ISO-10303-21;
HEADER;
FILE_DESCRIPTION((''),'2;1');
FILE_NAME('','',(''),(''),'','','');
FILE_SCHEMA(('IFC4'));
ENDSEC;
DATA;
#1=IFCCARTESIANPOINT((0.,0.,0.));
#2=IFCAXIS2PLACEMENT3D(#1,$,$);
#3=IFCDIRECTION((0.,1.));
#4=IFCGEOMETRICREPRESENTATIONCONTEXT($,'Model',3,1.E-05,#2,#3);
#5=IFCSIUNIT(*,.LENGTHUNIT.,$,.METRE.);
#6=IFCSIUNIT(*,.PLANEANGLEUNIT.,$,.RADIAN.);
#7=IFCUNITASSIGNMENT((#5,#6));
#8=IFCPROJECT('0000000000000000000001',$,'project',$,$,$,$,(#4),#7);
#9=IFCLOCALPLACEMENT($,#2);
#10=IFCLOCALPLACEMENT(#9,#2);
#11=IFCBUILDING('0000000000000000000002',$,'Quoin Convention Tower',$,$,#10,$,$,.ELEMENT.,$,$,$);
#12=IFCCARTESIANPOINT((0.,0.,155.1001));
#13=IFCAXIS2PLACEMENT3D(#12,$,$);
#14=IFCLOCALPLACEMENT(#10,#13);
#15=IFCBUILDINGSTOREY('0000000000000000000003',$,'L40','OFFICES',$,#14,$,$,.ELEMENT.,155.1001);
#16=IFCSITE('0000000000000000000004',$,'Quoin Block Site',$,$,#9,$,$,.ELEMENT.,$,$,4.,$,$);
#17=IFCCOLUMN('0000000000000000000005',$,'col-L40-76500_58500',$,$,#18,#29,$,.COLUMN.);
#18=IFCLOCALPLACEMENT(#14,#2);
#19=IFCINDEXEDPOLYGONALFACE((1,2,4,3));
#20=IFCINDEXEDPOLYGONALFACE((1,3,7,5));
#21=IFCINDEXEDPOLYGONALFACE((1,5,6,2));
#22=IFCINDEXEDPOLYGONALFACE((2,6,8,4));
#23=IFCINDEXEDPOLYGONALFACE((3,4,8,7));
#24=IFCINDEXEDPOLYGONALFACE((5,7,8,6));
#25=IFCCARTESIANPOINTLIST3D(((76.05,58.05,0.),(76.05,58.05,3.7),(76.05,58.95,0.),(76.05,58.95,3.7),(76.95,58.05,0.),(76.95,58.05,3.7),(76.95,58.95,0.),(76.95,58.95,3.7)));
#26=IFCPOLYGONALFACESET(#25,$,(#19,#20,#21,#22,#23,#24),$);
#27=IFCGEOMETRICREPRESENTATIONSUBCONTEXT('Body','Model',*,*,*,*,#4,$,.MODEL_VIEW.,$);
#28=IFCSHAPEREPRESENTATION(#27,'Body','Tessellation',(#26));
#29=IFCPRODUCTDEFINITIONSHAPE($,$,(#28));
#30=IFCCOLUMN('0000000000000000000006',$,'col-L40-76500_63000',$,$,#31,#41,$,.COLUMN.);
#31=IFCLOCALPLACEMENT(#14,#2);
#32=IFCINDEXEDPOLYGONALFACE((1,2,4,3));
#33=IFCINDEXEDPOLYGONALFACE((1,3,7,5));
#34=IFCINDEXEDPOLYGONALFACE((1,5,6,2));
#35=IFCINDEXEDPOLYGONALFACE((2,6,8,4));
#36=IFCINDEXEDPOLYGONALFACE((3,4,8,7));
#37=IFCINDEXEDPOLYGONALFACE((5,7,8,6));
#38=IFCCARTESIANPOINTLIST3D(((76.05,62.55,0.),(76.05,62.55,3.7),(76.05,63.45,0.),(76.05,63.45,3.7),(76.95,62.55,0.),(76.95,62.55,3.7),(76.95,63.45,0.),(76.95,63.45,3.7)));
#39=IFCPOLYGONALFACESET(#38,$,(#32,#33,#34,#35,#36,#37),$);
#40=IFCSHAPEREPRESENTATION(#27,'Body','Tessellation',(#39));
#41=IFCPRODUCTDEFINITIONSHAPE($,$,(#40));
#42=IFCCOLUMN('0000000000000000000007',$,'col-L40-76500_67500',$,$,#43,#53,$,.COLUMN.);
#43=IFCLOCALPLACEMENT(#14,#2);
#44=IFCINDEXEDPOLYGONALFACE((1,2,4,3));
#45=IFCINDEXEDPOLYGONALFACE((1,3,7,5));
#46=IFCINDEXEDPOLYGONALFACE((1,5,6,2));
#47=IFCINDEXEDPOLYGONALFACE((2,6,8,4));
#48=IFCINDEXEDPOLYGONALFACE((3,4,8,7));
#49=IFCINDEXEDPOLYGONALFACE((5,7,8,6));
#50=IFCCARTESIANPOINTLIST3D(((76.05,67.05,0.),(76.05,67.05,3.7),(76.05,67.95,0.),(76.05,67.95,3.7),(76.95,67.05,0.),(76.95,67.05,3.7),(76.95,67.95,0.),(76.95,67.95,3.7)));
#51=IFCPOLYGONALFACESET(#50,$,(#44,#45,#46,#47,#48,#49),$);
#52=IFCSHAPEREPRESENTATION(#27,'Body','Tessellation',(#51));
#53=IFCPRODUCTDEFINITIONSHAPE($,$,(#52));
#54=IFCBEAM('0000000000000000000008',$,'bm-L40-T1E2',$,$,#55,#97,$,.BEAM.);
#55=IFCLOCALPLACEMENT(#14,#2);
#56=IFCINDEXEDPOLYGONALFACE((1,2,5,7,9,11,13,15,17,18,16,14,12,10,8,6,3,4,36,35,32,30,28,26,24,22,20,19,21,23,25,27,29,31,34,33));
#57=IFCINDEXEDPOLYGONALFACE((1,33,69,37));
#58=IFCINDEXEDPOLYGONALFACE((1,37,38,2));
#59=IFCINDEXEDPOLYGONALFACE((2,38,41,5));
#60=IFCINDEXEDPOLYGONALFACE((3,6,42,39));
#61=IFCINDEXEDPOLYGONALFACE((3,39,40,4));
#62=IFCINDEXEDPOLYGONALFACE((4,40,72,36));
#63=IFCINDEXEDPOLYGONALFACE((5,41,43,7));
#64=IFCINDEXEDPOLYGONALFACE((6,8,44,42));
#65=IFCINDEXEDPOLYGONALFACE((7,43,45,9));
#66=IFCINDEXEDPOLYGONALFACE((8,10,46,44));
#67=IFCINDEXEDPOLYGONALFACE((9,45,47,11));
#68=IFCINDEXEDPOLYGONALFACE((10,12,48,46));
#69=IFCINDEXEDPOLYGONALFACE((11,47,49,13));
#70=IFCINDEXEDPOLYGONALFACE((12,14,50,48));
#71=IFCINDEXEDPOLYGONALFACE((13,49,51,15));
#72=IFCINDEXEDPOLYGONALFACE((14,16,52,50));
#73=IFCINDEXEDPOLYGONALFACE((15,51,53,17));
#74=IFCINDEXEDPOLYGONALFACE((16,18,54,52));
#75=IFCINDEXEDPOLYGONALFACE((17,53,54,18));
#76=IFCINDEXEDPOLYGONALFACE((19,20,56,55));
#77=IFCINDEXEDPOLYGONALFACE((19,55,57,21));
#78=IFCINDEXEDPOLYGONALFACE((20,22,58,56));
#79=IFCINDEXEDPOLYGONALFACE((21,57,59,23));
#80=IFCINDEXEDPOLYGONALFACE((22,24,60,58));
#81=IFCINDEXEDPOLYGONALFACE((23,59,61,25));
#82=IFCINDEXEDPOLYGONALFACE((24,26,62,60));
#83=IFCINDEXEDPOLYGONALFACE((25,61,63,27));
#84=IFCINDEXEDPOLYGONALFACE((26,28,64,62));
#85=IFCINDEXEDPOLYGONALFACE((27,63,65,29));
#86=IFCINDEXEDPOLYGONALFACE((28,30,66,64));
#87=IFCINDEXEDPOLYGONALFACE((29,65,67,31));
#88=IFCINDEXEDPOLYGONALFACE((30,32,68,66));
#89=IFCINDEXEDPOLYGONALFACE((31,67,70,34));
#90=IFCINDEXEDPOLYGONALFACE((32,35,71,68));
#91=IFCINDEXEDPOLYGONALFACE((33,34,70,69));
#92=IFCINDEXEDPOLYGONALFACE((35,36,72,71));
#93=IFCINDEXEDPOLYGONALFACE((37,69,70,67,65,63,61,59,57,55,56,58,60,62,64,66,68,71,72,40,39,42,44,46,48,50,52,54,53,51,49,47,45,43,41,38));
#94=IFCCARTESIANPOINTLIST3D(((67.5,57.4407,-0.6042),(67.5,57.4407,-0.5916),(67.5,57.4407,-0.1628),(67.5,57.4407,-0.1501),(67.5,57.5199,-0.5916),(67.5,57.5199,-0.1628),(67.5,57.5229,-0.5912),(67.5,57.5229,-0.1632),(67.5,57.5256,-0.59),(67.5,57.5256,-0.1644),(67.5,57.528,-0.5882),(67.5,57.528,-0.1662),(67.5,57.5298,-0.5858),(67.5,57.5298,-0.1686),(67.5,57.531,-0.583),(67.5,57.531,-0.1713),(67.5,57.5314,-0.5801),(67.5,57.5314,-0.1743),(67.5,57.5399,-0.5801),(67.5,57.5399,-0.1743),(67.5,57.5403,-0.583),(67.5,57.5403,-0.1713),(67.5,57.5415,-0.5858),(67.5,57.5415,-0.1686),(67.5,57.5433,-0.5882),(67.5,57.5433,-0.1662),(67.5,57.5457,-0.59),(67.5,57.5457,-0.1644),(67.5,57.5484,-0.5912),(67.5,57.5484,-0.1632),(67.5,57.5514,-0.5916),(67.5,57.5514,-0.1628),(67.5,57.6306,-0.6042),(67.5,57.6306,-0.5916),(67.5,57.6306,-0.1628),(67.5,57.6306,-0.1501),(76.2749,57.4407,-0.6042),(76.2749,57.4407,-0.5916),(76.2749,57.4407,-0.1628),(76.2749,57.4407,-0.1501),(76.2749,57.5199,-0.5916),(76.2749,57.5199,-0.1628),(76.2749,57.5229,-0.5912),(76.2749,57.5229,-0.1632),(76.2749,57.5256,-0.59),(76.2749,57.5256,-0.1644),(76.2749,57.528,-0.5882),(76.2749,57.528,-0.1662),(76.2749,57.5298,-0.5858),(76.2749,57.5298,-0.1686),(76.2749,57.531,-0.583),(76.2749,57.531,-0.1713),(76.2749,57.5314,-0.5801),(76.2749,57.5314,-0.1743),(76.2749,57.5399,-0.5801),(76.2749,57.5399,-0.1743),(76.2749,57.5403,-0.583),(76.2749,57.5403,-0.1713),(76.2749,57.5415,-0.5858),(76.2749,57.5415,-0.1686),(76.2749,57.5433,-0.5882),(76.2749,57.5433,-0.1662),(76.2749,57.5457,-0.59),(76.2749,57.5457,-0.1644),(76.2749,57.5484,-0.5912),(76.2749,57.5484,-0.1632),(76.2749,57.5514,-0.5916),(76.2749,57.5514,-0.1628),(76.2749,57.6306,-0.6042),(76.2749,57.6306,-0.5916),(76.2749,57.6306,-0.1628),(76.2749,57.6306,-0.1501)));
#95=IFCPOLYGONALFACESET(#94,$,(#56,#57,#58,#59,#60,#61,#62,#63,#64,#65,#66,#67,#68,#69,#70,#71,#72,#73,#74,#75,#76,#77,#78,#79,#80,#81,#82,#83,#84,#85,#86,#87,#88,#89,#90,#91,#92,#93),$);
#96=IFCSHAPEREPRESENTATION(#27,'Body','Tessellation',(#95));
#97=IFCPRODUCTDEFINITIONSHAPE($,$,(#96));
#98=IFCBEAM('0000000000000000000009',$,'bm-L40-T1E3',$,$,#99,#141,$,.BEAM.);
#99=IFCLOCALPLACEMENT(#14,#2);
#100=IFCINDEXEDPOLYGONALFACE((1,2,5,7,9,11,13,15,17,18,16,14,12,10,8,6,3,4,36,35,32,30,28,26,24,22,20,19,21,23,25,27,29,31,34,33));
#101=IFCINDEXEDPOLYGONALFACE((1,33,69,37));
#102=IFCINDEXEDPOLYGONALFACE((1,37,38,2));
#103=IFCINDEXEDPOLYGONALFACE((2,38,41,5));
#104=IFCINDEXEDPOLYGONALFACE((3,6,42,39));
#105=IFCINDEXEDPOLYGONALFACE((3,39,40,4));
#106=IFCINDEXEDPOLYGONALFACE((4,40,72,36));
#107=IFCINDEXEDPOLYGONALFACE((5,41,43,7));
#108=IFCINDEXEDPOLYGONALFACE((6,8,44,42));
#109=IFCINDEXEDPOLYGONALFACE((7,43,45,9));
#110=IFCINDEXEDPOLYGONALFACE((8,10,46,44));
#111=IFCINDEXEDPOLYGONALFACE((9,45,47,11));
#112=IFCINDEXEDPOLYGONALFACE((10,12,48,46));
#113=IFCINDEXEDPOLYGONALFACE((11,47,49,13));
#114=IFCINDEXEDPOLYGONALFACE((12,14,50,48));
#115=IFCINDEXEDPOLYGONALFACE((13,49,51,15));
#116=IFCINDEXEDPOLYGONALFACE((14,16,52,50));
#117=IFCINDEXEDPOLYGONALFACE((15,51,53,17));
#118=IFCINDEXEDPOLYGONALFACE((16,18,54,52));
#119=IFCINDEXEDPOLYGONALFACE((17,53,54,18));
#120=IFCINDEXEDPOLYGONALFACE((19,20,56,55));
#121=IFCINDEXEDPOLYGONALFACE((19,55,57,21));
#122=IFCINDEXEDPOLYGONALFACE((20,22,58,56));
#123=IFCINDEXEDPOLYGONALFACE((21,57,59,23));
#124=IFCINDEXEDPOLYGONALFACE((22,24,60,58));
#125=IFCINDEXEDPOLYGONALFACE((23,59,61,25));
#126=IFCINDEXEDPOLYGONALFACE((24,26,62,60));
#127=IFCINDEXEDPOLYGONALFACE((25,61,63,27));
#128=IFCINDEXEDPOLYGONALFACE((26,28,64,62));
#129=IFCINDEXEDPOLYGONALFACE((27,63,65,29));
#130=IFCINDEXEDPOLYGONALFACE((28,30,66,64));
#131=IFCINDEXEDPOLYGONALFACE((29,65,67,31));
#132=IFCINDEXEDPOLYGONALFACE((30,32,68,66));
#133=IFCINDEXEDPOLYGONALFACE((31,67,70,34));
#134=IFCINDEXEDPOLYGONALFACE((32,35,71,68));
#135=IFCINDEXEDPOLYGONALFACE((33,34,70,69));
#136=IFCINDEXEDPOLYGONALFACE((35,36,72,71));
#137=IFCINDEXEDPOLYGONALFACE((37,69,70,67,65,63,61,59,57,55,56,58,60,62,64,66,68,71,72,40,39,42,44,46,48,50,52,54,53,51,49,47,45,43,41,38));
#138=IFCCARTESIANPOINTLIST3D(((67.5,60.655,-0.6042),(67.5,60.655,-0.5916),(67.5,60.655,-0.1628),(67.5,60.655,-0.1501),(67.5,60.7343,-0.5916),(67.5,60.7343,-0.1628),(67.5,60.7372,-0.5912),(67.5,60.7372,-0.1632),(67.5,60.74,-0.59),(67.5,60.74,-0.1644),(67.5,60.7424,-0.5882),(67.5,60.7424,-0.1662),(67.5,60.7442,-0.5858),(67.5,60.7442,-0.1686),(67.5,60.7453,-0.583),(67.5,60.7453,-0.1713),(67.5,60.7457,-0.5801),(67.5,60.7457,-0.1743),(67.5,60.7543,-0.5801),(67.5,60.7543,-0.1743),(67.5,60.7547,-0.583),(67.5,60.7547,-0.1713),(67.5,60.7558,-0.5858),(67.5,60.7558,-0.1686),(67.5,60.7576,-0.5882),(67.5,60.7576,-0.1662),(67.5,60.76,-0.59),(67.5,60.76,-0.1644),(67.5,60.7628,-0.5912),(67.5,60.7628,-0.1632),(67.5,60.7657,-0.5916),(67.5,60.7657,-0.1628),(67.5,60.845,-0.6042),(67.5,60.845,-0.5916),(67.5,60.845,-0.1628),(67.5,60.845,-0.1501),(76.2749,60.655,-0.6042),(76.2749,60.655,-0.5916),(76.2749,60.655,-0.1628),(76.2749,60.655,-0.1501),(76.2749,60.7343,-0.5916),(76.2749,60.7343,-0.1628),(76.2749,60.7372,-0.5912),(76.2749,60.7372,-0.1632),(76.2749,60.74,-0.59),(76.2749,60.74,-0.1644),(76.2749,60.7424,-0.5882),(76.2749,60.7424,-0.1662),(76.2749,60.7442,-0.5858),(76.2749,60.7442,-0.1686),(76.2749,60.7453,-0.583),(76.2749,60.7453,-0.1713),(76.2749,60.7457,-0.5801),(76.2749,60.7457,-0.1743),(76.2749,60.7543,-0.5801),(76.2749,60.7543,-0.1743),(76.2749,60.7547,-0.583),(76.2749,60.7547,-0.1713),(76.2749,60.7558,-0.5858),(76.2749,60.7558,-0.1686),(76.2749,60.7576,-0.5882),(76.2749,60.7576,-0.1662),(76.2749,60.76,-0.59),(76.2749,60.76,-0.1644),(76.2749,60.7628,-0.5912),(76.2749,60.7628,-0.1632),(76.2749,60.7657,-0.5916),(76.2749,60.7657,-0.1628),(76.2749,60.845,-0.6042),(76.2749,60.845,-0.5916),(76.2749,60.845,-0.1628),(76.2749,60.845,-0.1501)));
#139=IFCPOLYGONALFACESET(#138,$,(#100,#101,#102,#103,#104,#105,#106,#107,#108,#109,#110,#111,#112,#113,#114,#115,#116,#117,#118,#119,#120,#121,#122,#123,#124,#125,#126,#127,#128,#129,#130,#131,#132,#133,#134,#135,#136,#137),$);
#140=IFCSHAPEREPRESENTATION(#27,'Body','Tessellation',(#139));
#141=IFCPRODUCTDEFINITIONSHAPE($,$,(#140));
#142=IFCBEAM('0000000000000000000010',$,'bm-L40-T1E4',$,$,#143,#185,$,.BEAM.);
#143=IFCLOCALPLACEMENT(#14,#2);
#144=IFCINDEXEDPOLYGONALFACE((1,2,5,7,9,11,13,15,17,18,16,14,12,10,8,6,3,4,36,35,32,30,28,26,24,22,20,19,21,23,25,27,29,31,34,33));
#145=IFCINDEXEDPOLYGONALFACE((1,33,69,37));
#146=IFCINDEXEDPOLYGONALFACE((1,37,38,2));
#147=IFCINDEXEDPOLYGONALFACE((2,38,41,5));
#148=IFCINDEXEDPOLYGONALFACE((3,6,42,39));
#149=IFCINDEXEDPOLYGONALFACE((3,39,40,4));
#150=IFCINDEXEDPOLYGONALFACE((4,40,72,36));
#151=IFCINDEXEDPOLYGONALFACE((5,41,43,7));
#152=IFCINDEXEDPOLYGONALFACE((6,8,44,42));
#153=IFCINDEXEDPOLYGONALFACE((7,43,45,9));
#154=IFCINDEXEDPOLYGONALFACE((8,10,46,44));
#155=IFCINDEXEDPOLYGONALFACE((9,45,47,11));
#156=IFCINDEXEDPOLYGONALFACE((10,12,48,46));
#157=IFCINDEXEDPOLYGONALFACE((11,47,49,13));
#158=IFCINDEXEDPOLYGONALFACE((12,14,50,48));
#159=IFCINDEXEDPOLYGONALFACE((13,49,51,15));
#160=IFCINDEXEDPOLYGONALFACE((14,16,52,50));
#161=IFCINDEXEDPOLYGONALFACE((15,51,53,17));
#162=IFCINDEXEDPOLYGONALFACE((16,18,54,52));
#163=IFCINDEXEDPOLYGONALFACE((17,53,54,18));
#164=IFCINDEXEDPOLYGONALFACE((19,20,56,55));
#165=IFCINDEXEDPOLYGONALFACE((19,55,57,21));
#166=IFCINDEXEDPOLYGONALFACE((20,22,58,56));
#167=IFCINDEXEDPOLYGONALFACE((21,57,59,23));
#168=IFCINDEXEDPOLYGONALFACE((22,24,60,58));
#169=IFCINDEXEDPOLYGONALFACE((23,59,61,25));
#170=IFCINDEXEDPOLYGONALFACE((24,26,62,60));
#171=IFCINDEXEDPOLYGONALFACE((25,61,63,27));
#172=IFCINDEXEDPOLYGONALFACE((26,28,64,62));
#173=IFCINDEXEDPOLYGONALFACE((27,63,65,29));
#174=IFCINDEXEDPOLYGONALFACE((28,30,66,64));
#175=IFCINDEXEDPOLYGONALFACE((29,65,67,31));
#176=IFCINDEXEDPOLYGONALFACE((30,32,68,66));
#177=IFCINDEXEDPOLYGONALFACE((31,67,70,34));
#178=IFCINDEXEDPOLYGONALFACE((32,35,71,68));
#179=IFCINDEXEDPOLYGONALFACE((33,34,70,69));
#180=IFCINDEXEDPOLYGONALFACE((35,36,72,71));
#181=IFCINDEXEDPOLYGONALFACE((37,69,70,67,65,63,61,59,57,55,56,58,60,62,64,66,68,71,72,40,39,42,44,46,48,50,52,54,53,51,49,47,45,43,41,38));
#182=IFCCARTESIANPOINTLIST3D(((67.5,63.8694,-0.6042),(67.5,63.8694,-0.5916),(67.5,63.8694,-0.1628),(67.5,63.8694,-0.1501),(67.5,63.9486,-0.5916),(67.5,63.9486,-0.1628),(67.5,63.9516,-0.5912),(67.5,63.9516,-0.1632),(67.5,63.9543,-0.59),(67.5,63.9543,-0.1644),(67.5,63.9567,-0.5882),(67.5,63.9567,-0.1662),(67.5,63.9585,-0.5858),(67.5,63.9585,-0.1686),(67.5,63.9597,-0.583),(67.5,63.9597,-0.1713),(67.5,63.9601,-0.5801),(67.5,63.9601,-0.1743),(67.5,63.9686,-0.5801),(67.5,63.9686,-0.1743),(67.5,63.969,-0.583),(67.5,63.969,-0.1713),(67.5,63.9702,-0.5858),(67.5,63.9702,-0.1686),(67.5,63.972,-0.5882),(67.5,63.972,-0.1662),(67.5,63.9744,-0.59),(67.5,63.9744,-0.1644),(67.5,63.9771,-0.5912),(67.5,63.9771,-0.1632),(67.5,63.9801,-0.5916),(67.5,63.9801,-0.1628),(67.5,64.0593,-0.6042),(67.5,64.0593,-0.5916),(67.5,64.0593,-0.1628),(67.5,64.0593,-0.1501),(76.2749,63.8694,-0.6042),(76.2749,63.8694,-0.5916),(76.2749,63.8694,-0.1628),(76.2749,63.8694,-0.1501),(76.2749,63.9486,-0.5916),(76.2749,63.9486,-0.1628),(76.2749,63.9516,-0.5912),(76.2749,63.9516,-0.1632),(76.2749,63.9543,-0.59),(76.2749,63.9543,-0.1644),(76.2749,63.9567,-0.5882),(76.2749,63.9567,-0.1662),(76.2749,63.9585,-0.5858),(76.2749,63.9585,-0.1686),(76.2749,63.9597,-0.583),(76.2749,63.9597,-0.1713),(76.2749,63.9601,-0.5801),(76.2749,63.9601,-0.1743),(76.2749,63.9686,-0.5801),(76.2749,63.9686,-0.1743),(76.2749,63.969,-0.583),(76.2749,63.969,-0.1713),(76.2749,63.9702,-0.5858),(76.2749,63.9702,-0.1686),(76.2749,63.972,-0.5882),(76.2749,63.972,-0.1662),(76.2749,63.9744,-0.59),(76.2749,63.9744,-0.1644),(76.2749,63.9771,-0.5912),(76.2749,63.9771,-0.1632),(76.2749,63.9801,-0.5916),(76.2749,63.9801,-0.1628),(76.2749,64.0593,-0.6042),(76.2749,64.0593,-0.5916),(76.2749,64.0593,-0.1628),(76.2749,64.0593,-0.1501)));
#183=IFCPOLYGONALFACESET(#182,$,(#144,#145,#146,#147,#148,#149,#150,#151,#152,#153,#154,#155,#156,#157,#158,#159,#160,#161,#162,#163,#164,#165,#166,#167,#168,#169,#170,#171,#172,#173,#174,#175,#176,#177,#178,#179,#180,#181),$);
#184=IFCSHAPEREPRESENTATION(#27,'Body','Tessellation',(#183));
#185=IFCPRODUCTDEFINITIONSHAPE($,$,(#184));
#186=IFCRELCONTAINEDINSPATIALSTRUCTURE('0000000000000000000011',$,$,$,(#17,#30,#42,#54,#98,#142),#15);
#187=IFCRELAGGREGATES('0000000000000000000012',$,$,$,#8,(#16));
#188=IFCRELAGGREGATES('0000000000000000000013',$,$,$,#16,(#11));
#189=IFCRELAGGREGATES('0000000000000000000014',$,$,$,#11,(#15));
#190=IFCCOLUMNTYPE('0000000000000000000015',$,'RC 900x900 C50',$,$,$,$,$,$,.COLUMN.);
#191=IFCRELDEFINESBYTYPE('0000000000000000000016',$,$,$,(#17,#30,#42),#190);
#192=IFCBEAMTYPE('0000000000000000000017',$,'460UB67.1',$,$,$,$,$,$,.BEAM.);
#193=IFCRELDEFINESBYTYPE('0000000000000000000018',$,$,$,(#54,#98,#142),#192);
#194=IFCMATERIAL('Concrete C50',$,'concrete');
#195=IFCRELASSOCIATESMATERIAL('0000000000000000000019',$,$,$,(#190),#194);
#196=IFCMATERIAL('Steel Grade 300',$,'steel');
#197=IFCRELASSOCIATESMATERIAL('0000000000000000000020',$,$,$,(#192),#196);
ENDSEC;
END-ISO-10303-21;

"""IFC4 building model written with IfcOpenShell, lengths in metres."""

from ifc_helpers import new_model, si_unit, direction, frame, origin, origin_2d, place, context, subcontext, project, spatial, rectangle, i_section, extrude, material, material_profile, profile_set, type_object, element, save


model = new_model("IFC4")

# Units and contexts
model_context = context("Model", 3, precision=1e-05, world=origin(), true_north=direction((0.0, 1.0)))
body_context = subcontext(model_context, "Body", "Model", "MODEL_VIEW")
ifc_project = project(units=[si_unit("LENGTHUNIT", "METRE"), si_unit("PLANEANGLEUNIT", "RADIAN")], contexts=[model_context])

# Site, building, storey
site_placement = place(None, origin())
site = spatial("IfcSite", under=ifc_project, at=site_placement, Name="Quoin Block Site", CompositionType="ELEMENT", RefElevation=4.0)
building_placement = place(site_placement, origin())
building = spatial("IfcBuilding", under=site, at=building_placement, Name="Quoin Convention Tower", CompositionType="ELEMENT")
storey_placement = place(building_placement, frame((0.0, 0.0, 155.1001)))
storey = spatial("IfcBuildingStorey", under=building, at=storey_placement, Name="L40", Description="OFFICES", CompositionType="ELEMENT", Elevation=155.1001)

# Columns
ifc_material_1 = material(Name="Concrete C50", Category="concrete")
ifc_material_profile_1 = material_profile(ifc_material_1, rectangle(XDim=0.8999, YDim=0.8999, at=origin_2d()), Name="RC 900x900")
ifc_profile_set_1 = profile_set([ifc_material_profile_1], Name="Concrete C50")
column_type = type_object("IfcColumnType", Name="RC 900x900 C50", PredefinedType="COLUMN", material=ifc_profile_set_1)
for number, where, z_axis, x_axis, name in (
    (1, (76.5, 58.5, 0.0), (0.0, 0.0, 1.0), (1.0, 0.0, 0.0), "col-L40-76500_58500"),
    (2, (76.5, 63.0, 0.0), (0.0, 0.0, 1.0), (1.0, 0.0, 0.0), "col-L40-76500_63000"),
    (3, (76.5, 67.5, 0.0), (0.0, 0.0, 1.0), (1.0, 0.0, 0.0), "col-L40-76500_67500"),
):
    element("IfcColumn", number, at=place(storey_placement, frame(where, z_axis=z_axis, x_axis=x_axis)), inside=storey, type_object=column_type, Name=name, PredefinedType="COLUMN", context=body_context, shape_type="SweptSolid", body=[
        extrude(rectangle(XDim=0.8999, YDim=0.8999, at=origin_2d()), origin(), (0.0, 0.0, 1.0), 3.7),
    ])

# Beams
ifc_material_2 = material(Name="Steel Grade 300", Category="steel")
ifc_material_profile_2 = material_profile(ifc_material_2, i_section(OverallWidth=0.1899, OverallDepth=0.4541, WebThickness=0.0085, FlangeThickness=0.0127, FilletRadius=0.0115, at=origin_2d()), Name="460UB67.1")
ifc_profile_set_2 = profile_set([ifc_material_profile_2], Name="Steel Grade 300")
beam_type_1 = type_object("IfcBeamType", Name="460UB67.1", PredefinedType="BEAM", material=ifc_profile_set_2)
for number, where, z_axis, x_axis, name in (
    (4, (67.5, 57.5356, -0.3772), (1.0, 0.0, 0.0), (0.0, 1.0, 0.0), "bm-L40-T1E2"),
    (5, (67.5, 60.75, -0.3772), (1.0, 0.0, 0.0), (0.0, 1.0, 0.0), "bm-L40-T1E3"),
    (6, (67.5, 63.9644, -0.3772), (1.0, 0.0, 0.0), (0.0, 1.0, 0.0), "bm-L40-T1E4"),
):
    element("IfcBeam", number, at=place(storey_placement, frame(where, z_axis=z_axis, x_axis=x_axis)), inside=storey, type_object=beam_type_1, Name=name, PredefinedType="BEAM", context=body_context, shape_type="SweptSolid", body=[
        extrude(i_section(OverallWidth=0.1899, OverallDepth=0.4541, WebThickness=0.0085, FlangeThickness=0.0127, FilletRadius=0.0115, at=origin_2d()), origin(), (0.0, 0.0, 1.0), 8.7749),
    ])

save(model, "model.ifc")
